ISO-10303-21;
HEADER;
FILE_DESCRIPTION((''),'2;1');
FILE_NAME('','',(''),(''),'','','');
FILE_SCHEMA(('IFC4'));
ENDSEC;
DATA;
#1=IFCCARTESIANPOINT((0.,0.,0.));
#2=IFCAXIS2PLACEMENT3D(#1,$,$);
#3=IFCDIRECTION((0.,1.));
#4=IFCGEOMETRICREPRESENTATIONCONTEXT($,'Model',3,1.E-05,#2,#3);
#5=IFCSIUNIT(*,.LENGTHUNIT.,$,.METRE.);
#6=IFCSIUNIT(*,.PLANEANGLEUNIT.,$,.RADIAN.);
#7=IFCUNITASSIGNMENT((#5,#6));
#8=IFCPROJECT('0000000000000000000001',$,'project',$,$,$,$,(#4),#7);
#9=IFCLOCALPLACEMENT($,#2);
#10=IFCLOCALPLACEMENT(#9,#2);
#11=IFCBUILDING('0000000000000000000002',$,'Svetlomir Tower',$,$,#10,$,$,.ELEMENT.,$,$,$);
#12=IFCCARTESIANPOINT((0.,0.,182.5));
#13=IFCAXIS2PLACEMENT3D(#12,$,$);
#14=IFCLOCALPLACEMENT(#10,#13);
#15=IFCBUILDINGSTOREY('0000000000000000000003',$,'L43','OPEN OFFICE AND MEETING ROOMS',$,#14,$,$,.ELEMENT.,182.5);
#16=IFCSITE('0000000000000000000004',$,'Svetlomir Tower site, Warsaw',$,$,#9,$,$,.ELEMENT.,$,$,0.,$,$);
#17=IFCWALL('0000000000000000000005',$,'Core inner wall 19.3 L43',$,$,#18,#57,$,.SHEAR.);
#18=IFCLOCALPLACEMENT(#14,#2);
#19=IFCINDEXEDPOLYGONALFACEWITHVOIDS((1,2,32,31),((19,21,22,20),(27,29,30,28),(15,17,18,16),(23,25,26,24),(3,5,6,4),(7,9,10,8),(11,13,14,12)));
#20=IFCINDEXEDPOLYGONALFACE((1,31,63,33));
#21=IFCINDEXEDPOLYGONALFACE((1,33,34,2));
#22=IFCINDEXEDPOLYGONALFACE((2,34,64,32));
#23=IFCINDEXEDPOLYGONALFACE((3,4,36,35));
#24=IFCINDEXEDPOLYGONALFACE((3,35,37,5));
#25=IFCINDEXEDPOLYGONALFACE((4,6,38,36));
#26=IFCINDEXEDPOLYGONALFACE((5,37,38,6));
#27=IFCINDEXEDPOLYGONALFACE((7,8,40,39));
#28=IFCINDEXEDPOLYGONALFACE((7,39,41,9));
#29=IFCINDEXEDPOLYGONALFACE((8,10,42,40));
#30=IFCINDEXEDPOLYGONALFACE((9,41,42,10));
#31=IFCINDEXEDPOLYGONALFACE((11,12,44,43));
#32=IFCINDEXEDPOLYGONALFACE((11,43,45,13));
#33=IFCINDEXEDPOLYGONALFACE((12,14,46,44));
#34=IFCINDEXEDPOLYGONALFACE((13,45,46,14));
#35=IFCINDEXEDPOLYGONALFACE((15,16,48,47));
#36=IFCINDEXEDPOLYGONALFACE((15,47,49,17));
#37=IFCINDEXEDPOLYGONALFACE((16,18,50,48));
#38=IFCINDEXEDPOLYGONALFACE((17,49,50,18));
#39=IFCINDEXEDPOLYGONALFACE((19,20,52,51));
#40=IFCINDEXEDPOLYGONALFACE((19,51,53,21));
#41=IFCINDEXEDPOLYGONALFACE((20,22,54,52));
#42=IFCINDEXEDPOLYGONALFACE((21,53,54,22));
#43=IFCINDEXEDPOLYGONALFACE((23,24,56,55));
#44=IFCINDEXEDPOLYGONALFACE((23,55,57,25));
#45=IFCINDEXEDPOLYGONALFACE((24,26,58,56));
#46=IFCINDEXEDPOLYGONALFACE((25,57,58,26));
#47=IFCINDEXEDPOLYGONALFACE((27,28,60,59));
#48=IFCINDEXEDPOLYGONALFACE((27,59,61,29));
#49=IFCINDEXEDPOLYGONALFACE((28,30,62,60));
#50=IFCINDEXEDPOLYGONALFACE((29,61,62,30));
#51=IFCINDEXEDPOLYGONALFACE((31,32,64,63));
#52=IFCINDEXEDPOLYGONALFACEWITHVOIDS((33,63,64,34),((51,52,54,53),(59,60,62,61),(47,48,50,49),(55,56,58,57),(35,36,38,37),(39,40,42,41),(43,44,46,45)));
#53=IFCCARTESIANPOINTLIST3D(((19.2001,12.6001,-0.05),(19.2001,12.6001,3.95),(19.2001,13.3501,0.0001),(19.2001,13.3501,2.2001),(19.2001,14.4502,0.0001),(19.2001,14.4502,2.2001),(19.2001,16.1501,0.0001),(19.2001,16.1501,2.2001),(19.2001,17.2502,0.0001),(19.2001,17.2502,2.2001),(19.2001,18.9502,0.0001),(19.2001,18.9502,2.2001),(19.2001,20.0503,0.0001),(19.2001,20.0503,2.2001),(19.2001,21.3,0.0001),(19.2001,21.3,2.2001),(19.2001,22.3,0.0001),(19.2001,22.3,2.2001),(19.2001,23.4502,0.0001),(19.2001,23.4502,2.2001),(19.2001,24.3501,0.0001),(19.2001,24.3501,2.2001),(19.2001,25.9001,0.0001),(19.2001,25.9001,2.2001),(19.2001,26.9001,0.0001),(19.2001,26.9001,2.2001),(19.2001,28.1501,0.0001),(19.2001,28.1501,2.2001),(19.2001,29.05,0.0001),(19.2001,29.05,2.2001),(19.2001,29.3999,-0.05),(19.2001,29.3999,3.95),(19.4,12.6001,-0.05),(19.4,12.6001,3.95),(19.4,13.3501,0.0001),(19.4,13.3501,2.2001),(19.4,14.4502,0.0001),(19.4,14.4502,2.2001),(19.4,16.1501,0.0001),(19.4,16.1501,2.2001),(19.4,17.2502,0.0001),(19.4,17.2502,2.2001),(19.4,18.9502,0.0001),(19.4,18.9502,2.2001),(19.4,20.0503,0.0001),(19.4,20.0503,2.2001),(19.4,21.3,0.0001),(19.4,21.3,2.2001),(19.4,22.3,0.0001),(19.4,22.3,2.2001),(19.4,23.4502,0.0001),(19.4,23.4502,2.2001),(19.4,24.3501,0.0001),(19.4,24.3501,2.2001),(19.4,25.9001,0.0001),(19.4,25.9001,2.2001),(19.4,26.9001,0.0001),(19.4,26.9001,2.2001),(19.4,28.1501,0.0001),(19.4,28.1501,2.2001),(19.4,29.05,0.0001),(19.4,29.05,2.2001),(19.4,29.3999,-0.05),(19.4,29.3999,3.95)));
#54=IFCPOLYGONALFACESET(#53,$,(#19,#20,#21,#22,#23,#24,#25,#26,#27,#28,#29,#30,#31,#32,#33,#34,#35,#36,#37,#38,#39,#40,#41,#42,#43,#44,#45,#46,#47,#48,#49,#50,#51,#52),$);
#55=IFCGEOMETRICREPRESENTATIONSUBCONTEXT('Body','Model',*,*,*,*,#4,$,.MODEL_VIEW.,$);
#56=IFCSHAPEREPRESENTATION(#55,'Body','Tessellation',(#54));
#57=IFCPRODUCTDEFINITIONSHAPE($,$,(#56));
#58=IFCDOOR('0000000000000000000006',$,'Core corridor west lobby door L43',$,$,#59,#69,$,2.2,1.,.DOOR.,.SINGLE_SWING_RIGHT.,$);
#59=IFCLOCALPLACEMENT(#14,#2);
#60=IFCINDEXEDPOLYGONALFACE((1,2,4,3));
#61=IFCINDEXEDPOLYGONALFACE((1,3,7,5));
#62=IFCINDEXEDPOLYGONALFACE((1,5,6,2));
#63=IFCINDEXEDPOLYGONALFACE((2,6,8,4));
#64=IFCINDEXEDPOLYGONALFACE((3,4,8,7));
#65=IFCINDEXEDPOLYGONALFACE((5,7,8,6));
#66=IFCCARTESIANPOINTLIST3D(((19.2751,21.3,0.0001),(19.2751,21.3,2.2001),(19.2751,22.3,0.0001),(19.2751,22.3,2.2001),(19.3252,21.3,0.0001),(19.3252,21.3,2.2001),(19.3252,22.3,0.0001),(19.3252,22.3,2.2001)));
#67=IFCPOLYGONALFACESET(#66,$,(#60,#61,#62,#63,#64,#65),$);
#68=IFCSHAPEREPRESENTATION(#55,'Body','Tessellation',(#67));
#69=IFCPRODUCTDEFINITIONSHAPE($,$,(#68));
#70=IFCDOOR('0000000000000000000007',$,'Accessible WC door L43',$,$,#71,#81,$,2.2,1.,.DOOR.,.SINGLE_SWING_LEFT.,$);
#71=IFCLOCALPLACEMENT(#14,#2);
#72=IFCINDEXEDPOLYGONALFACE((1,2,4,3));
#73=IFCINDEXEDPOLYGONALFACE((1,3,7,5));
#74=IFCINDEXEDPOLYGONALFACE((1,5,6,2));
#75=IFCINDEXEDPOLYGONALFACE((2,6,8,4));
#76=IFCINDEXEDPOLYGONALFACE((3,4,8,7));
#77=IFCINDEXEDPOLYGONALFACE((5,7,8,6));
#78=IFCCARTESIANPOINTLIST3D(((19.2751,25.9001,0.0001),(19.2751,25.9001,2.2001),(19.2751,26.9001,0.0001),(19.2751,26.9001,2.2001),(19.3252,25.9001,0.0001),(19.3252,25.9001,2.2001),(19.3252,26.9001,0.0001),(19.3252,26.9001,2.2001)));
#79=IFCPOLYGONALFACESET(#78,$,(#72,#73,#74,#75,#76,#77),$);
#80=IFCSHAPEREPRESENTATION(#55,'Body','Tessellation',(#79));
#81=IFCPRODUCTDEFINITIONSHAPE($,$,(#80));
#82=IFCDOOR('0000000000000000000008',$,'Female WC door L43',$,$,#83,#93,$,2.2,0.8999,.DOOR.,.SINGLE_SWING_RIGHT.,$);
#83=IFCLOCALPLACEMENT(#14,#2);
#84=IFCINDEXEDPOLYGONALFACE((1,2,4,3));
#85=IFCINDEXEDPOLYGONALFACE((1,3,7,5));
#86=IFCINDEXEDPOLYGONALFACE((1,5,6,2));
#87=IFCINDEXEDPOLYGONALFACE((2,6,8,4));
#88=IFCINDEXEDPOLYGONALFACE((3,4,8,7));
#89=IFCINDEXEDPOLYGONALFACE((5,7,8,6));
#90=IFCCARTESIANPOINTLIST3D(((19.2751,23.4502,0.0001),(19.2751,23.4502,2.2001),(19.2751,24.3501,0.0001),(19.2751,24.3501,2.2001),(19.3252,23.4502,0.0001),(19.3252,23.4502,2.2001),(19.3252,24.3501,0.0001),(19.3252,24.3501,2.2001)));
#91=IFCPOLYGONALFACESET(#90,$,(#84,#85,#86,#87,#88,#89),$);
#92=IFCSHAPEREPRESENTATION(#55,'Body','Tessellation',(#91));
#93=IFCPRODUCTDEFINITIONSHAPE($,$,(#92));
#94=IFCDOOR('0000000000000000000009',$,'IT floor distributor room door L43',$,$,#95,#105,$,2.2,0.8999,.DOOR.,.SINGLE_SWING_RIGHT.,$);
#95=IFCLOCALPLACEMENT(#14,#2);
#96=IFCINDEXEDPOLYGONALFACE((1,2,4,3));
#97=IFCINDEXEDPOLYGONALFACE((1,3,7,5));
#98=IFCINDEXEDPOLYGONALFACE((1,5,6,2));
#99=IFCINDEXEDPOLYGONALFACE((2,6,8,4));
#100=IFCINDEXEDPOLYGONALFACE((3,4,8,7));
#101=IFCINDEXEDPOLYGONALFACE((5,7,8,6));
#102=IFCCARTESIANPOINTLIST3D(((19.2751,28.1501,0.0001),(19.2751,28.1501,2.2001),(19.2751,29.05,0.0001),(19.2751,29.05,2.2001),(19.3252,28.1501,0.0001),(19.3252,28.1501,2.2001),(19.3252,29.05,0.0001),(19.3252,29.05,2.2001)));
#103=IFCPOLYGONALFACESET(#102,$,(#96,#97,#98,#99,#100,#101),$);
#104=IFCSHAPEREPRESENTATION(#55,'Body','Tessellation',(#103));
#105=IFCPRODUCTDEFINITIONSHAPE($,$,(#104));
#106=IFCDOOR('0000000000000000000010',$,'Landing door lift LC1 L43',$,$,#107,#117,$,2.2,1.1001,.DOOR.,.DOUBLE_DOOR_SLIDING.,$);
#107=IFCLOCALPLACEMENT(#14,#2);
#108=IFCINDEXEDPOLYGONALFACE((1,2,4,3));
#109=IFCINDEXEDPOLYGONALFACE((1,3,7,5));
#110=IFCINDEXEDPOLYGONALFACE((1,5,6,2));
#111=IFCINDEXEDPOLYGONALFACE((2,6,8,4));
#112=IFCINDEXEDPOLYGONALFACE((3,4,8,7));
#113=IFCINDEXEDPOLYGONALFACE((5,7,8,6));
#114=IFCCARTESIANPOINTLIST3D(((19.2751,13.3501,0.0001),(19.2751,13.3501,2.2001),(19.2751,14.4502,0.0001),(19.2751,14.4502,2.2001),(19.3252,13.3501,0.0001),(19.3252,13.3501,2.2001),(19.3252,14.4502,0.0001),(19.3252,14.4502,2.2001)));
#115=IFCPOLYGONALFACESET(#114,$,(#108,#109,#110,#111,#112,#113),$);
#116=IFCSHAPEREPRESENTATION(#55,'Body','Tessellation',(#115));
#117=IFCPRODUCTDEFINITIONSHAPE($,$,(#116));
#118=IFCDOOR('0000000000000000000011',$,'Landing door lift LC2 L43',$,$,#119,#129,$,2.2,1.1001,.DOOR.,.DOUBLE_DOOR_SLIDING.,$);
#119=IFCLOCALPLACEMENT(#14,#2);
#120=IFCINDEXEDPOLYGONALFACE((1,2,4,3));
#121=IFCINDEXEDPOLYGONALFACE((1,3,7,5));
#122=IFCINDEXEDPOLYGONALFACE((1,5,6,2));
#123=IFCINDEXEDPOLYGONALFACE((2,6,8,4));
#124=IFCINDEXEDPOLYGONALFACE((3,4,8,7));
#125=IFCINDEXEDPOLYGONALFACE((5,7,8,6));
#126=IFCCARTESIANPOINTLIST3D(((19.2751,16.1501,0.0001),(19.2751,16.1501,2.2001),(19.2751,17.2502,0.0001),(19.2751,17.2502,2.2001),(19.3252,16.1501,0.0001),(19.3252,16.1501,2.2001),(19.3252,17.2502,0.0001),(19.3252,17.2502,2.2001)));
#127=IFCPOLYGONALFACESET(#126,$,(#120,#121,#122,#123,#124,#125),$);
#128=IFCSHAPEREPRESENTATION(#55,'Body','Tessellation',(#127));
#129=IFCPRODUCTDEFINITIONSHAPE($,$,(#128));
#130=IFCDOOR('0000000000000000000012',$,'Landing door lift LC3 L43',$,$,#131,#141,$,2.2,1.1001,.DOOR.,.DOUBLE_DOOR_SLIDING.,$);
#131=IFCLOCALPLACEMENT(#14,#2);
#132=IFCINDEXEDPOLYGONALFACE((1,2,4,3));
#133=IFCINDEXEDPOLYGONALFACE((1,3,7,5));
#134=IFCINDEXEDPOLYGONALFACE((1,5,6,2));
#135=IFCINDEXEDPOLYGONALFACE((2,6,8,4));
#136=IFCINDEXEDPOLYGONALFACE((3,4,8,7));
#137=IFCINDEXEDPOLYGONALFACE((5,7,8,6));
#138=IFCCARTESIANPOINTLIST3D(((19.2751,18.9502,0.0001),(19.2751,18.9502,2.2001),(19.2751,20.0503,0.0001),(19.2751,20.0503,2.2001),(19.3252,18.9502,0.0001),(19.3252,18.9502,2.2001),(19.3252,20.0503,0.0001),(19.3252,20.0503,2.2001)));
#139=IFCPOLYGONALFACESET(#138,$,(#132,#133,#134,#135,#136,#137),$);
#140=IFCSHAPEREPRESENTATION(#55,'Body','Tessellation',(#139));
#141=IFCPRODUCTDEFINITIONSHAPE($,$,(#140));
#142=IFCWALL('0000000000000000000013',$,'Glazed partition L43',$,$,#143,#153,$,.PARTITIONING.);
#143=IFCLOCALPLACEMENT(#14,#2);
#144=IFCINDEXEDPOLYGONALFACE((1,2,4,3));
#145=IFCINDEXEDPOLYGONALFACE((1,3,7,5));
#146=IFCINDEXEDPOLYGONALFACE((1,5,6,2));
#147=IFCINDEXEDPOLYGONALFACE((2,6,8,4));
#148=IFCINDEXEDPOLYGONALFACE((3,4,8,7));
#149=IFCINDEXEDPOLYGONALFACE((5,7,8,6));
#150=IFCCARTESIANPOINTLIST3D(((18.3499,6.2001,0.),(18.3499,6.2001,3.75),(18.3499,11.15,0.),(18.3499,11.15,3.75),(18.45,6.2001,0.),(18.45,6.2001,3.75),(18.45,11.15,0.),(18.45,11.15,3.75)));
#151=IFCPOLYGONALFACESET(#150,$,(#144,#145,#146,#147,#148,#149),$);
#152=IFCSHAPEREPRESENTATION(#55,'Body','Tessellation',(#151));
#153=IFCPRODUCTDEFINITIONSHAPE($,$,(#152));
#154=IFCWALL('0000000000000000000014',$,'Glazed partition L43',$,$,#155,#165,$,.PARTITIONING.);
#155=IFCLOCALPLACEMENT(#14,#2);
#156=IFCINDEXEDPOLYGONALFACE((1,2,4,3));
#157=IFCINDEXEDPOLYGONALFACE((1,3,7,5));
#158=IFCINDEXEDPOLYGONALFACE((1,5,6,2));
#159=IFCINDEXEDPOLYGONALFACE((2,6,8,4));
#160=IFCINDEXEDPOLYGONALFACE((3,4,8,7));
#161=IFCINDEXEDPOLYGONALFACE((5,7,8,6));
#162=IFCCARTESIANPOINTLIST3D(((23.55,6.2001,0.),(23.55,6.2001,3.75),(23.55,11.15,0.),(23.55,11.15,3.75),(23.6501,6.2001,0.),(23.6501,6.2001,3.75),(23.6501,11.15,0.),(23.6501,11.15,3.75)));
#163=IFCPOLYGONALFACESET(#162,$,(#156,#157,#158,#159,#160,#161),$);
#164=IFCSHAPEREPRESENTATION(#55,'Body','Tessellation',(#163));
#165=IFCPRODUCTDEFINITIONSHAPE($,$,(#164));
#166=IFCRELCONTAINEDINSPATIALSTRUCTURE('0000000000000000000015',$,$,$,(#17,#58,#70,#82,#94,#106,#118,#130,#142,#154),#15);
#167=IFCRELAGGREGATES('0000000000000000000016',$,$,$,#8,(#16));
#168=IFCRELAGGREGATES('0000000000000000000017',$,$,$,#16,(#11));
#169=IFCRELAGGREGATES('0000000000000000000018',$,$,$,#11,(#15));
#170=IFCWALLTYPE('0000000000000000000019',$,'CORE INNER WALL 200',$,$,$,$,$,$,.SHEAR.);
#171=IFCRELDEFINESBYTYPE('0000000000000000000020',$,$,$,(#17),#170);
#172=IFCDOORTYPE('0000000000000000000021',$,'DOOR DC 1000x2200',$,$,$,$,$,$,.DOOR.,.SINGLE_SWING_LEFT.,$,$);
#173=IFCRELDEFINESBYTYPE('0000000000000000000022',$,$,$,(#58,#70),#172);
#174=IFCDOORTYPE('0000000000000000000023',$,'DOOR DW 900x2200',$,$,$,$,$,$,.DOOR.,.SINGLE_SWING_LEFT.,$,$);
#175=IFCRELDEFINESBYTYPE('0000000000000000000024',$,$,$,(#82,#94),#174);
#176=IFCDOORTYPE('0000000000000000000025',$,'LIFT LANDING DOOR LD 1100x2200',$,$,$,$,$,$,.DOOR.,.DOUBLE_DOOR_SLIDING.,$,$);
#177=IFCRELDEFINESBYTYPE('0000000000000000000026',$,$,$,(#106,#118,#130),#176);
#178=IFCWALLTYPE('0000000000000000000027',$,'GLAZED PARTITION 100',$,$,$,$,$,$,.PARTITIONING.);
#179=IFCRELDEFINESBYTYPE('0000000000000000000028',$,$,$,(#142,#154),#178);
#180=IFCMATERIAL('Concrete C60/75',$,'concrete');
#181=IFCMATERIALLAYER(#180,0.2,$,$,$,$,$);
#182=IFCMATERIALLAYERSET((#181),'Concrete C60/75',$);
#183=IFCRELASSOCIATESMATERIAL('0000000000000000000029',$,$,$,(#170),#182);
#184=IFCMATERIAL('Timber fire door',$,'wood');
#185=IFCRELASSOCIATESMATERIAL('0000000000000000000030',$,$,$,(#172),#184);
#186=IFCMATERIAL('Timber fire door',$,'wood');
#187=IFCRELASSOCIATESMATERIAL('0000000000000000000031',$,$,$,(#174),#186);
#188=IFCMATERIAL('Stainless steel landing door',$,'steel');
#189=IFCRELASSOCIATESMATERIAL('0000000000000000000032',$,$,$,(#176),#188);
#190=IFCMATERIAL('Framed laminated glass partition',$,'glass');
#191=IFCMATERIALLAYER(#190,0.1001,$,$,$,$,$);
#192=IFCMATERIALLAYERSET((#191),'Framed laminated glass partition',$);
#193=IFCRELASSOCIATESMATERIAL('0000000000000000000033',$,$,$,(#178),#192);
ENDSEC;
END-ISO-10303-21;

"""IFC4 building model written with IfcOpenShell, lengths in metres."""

from ifc_helpers import new_model, si_unit, direction, frame, frame_2d, origin, place, context, subcontext, project, spatial, rectangle, extrude, material, layer, layer_set, type_object, element, fill, save


model = new_model("IFC4")

# Units and contexts
model_context = context("Model", 3, precision=1e-05, world=origin(), true_north=direction((0.0, 1.0)))
body_context = subcontext(model_context, "Body", "Model", "MODEL_VIEW")
ifc_project = project(units=[si_unit("LENGTHUNIT", "METRE"), si_unit("PLANEANGLEUNIT", "RADIAN")], contexts=[model_context])

# Site, building, storey
site_placement = place(None, origin())
site = spatial("IfcSite", under=ifc_project, at=site_placement, Name="Svetlomir Tower site, Warsaw", CompositionType="ELEMENT", RefElevation=0.0)
building_placement = place(site_placement, origin())
building = spatial("IfcBuilding", under=site, at=building_placement, Name="Svetlomir Tower", CompositionType="ELEMENT")
storey_placement = place(building_placement, frame((0.0, 0.0, 182.5)))
storey = spatial("IfcBuildingStorey", under=building, at=storey_placement, Name="L43", Description="OPEN OFFICE AND MEETING ROOMS", CompositionType="ELEMENT", Elevation=182.5)

# Shared definitions
ifc_material_1 = material(Name="Concrete C60/75", Category="concrete")
ifc_layer_1 = layer(ifc_material_1, 0.2)
ifc_layer_set_1 = layer_set([ifc_layer_1], Name="Concrete C60/75")
wall_type_1 = type_object("IfcWallType", Name="CORE INNER WALL 200", PredefinedType="SHEAR", material=ifc_layer_set_1)

# Wall, openings, doors
wall_1_placement = place(storey_placement, frame((19.3, 12.6001, -0.05), z_axis=(0.0, 0.0, 1.0), x_axis=(0.0, 1.0, 0.0)))
wall_1 = element("IfcWall", 1, at=wall_1_placement, inside=storey, type_object=wall_type_1, Name="Core inner wall 19.3 L43", PredefinedType="SHEAR", context=body_context, shape_type="SweptSolid", body=[
    extrude(rectangle(XDim=16.7998, YDim=0.2, at=frame_2d((8.3999, 0.0))), origin(), (0.0, 0.0, 1.0), 4.0),
])
opening_1_placement = place(wall_1_placement, frame((8.7, 0.0, 0.05)))
opening_1 = element("IfcOpeningElement", 2, at=opening_1_placement, cuts=wall_1, PredefinedType="OPENING", context=body_context, shape_type="SweptSolid", body=[
    extrude(rectangle(XDim=1.0, YDim=2.2, at=frame_2d((0.5, 1.1001))), frame((0.0, 0.1099, 0.0), z_axis=(0.0, -1.0, 0.0), x_axis=(1.0, 0.0, 0.0)), (0.0, 0.0, 1.0), 0.22),
])
opening_2_placement = place(wall_1_placement, frame((10.8501, 0.0, 0.05)))
opening_2 = element("IfcOpeningElement", 3, at=opening_2_placement, cuts=wall_1, PredefinedType="OPENING", context=body_context, shape_type="SweptSolid", body=[
    extrude(rectangle(XDim=0.8999, YDim=2.2, at=frame_2d((0.45, 1.1001))), frame((0.0, 0.1099, 0.0), z_axis=(0.0, -1.0, 0.0), x_axis=(1.0, 0.0, 0.0)), (0.0, 0.0, 1.0), 0.22),
])
opening_3_placement = place(wall_1_placement, frame((13.3, 0.0, 0.05)))
opening_3 = element("IfcOpeningElement", 4, at=opening_3_placement, cuts=wall_1, PredefinedType="OPENING", context=body_context, shape_type="SweptSolid", body=[
    extrude(rectangle(XDim=1.0, YDim=2.2, at=frame_2d((0.5, 1.1001))), frame((0.0, 0.1099, 0.0), z_axis=(0.0, -1.0, 0.0), x_axis=(1.0, 0.0, 0.0)), (0.0, 0.0, 1.0), 0.22),
])
opening_4_placement = place(wall_1_placement, frame((15.55, 0.0, 0.05)))
opening_4 = element("IfcOpeningElement", 5, at=opening_4_placement, cuts=wall_1, PredefinedType="OPENING", context=body_context, shape_type="SweptSolid", body=[
    extrude(rectangle(XDim=0.8999, YDim=2.2, at=frame_2d((0.45, 1.1001))), frame((0.0, 0.1099, 0.0), z_axis=(0.0, -1.0, 0.0), x_axis=(1.0, 0.0, 0.0)), (0.0, 0.0, 1.0), 0.22),
])
opening_5_placement = place(wall_1_placement, frame((0.75, 0.0, 0.05)))
opening_5 = element("IfcOpeningElement", 6, at=opening_5_placement, cuts=wall_1, PredefinedType="OPENING", context=body_context, shape_type="SweptSolid", body=[
    extrude(rectangle(XDim=1.1001, YDim=2.2, at=frame_2d((0.55, 1.1001))), frame((0.0, 0.1099, 0.0), z_axis=(0.0, -1.0, 0.0), x_axis=(1.0, 0.0, 0.0)), (0.0, 0.0, 1.0), 0.22),
])
opening_6_placement = place(wall_1_placement, frame((3.55, 0.0, 0.05)))
opening_6 = element("IfcOpeningElement", 7, at=opening_6_placement, cuts=wall_1, PredefinedType="OPENING", context=body_context, shape_type="SweptSolid", body=[
    extrude(rectangle(XDim=1.1001, YDim=2.2, at=frame_2d((0.55, 1.1001))), frame((0.0, 0.1099, 0.0), z_axis=(0.0, -1.0, 0.0), x_axis=(1.0, 0.0, 0.0)), (0.0, 0.0, 1.0), 0.22),
])
opening_7_placement = place(wall_1_placement, frame((6.3501, 0.0, 0.05)))
opening_7 = element("IfcOpeningElement", 8, at=opening_7_placement, cuts=wall_1, PredefinedType="OPENING", context=body_context, shape_type="SweptSolid", body=[
    extrude(rectangle(XDim=1.1001, YDim=2.2, at=frame_2d((0.55, 1.1001))), frame((0.0, 0.1099, 0.0), z_axis=(0.0, -1.0, 0.0), x_axis=(1.0, 0.0, 0.0)), (0.0, 0.0, 1.0), 0.22),
])
ifc_material_2 = material(Name="Timber fire door", Category="wood")
door_type_1 = type_object("IfcDoorType", Name="DOOR DC 1000x2200", OperationType="SINGLE_SWING_LEFT", PredefinedType="DOOR", material=ifc_material_2)
door_1_placement = place(opening_1_placement, origin())
door_1 = element("IfcDoor", 9, at=door_1_placement, inside=storey, type_object=door_type_1, Name="Core corridor west lobby door L43", OperationType="SINGLE_SWING_RIGHT", OverallHeight=2.2, OverallWidth=1.0, PredefinedType="DOOR", context=body_context, shape_type="SweptSolid", body=[
    extrude(rectangle(XDim=1.0, YDim=2.2, at=frame_2d((0.5, 1.1001))), frame((0.0, 0.0249, 0.0), z_axis=(0.0, -1.0, 0.0), x_axis=(1.0, 0.0, 0.0)), (0.0, 0.0, 1.0), 0.05),
])
fill(opening_1, door_1)
door_2_placement = place(opening_3_placement, origin())
door_2 = element("IfcDoor", 10, at=door_2_placement, inside=storey, type_object=door_type_1, Name="Accessible WC door L43", OperationType="SINGLE_SWING_LEFT", OverallHeight=2.2, OverallWidth=1.0, PredefinedType="DOOR", context=body_context, shape_type="SweptSolid", body=[
    extrude(rectangle(XDim=1.0, YDim=2.2, at=frame_2d((0.5, 1.1001))), frame((0.0, 0.0249, 0.0), z_axis=(0.0, -1.0, 0.0), x_axis=(1.0, 0.0, 0.0)), (0.0, 0.0, 1.0), 0.05),
])
fill(opening_3, door_2)
ifc_material_3 = material(Name="Timber fire door", Category="wood")
door_type_2 = type_object("IfcDoorType", Name="DOOR DW 900x2200", OperationType="SINGLE_SWING_LEFT", PredefinedType="DOOR", material=ifc_material_3)
door_3_placement = place(opening_2_placement, origin())
door_3 = element("IfcDoor", 11, at=door_3_placement, inside=storey, type_object=door_type_2, Name="Female WC door L43", OperationType="SINGLE_SWING_RIGHT", OverallHeight=2.2, OverallWidth=0.8999, PredefinedType="DOOR", context=body_context, shape_type="SweptSolid", body=[
    extrude(rectangle(XDim=0.8999, YDim=2.2, at=frame_2d((0.45, 1.1001))), frame((0.0, 0.0249, 0.0), z_axis=(0.0, -1.0, 0.0), x_axis=(1.0, 0.0, 0.0)), (0.0, 0.0, 1.0), 0.05),
])
fill(opening_2, door_3)
door_4_placement = place(opening_4_placement, origin())
door_4 = element("IfcDoor", 12, at=door_4_placement, inside=storey, type_object=door_type_2, Name="IT floor distributor room door L43", OperationType="SINGLE_SWING_RIGHT", OverallHeight=2.2, OverallWidth=0.8999, PredefinedType="DOOR", context=body_context, shape_type="SweptSolid", body=[
    extrude(rectangle(XDim=0.8999, YDim=2.2, at=frame_2d((0.45, 1.1001))), frame((0.0, 0.0249, 0.0), z_axis=(0.0, -1.0, 0.0), x_axis=(1.0, 0.0, 0.0)), (0.0, 0.0, 1.0), 0.05),
])
fill(opening_4, door_4)
ifc_material_4 = material(Name="Stainless steel landing door", Category="steel")
door_type_3 = type_object("IfcDoorType", Name="LIFT LANDING DOOR LD 1100x2200", OperationType="DOUBLE_DOOR_SLIDING", PredefinedType="DOOR", material=ifc_material_4)
door_5_placement = place(opening_5_placement, origin())
door_5 = element("IfcDoor", 13, at=door_5_placement, inside=storey, type_object=door_type_3, Name="Landing door lift LC1 L43", OperationType="DOUBLE_DOOR_SLIDING", OverallHeight=2.2, OverallWidth=1.1001, PredefinedType="DOOR", context=body_context, shape_type="SweptSolid", body=[
    extrude(rectangle(XDim=1.1001, YDim=2.2, at=frame_2d((0.55, 1.1001))), frame((0.0, 0.0249, 0.0), z_axis=(0.0, -1.0, 0.0), x_axis=(1.0, 0.0, 0.0)), (0.0, 0.0, 1.0), 0.05),
])
fill(opening_5, door_5)
door_6_placement = place(opening_6_placement, origin())
door_6 = element("IfcDoor", 14, at=door_6_placement, inside=storey, type_object=door_type_3, Name="Landing door lift LC2 L43", OperationType="DOUBLE_DOOR_SLIDING", OverallHeight=2.2, OverallWidth=1.1001, PredefinedType="DOOR", context=body_context, shape_type="SweptSolid", body=[
    extrude(rectangle(XDim=1.1001, YDim=2.2, at=frame_2d((0.55, 1.1001))), frame((0.0, 0.0249, 0.0), z_axis=(0.0, -1.0, 0.0), x_axis=(1.0, 0.0, 0.0)), (0.0, 0.0, 1.0), 0.05),
])
fill(opening_6, door_6)
door_7_placement = place(opening_7_placement, origin())
door_7 = element("IfcDoor", 15, at=door_7_placement, inside=storey, type_object=door_type_3, Name="Landing door lift LC3 L43", OperationType="DOUBLE_DOOR_SLIDING", OverallHeight=2.2, OverallWidth=1.1001, PredefinedType="DOOR", context=body_context, shape_type="SweptSolid", body=[
    extrude(rectangle(XDim=1.1001, YDim=2.2, at=frame_2d((0.55, 1.1001))), frame((0.0, 0.0249, 0.0), z_axis=(0.0, -1.0, 0.0), x_axis=(1.0, 0.0, 0.0)), (0.0, 0.0, 1.0), 0.05),
])
fill(opening_7, door_7)

# Walls
ifc_material_5 = material(Name="Framed laminated glass partition", Category="glass")
ifc_layer_2 = layer(ifc_material_5, 0.1001)
ifc_layer_set_2 = layer_set([ifc_layer_2], Name="Framed laminated glass partition")
wall_type_2 = type_object("IfcWallType", Name="GLAZED PARTITION 100", PredefinedType="PARTITIONING", material=ifc_layer_set_2)
for number, where, z_axis, x_axis, name in (
    (16, (18.3999, 6.2, 0.0), (0.0, 0.0, 1.0), (0.0, 1.0, 0.0), "Glazed partition L43"),
    (17, (23.6001, 6.2, 0.0), (0.0, 0.0, 1.0), (0.0, 1.0, 0.0), "Glazed partition L43"),
):
    element("IfcWall", number, at=place(storey_placement, frame(where, z_axis=z_axis, x_axis=x_axis)), inside=storey, type_object=wall_type_2, Name=name, PredefinedType="PARTITIONING", context=body_context, shape_type="SweptSolid", body=[
        extrude(rectangle(XDim=4.95, YDim=0.1001, at=frame_2d((2.4751, 0.0))), origin(), (0.0, 0.0, 1.0), 3.75),
    ])

save(model, "model.ifc")
